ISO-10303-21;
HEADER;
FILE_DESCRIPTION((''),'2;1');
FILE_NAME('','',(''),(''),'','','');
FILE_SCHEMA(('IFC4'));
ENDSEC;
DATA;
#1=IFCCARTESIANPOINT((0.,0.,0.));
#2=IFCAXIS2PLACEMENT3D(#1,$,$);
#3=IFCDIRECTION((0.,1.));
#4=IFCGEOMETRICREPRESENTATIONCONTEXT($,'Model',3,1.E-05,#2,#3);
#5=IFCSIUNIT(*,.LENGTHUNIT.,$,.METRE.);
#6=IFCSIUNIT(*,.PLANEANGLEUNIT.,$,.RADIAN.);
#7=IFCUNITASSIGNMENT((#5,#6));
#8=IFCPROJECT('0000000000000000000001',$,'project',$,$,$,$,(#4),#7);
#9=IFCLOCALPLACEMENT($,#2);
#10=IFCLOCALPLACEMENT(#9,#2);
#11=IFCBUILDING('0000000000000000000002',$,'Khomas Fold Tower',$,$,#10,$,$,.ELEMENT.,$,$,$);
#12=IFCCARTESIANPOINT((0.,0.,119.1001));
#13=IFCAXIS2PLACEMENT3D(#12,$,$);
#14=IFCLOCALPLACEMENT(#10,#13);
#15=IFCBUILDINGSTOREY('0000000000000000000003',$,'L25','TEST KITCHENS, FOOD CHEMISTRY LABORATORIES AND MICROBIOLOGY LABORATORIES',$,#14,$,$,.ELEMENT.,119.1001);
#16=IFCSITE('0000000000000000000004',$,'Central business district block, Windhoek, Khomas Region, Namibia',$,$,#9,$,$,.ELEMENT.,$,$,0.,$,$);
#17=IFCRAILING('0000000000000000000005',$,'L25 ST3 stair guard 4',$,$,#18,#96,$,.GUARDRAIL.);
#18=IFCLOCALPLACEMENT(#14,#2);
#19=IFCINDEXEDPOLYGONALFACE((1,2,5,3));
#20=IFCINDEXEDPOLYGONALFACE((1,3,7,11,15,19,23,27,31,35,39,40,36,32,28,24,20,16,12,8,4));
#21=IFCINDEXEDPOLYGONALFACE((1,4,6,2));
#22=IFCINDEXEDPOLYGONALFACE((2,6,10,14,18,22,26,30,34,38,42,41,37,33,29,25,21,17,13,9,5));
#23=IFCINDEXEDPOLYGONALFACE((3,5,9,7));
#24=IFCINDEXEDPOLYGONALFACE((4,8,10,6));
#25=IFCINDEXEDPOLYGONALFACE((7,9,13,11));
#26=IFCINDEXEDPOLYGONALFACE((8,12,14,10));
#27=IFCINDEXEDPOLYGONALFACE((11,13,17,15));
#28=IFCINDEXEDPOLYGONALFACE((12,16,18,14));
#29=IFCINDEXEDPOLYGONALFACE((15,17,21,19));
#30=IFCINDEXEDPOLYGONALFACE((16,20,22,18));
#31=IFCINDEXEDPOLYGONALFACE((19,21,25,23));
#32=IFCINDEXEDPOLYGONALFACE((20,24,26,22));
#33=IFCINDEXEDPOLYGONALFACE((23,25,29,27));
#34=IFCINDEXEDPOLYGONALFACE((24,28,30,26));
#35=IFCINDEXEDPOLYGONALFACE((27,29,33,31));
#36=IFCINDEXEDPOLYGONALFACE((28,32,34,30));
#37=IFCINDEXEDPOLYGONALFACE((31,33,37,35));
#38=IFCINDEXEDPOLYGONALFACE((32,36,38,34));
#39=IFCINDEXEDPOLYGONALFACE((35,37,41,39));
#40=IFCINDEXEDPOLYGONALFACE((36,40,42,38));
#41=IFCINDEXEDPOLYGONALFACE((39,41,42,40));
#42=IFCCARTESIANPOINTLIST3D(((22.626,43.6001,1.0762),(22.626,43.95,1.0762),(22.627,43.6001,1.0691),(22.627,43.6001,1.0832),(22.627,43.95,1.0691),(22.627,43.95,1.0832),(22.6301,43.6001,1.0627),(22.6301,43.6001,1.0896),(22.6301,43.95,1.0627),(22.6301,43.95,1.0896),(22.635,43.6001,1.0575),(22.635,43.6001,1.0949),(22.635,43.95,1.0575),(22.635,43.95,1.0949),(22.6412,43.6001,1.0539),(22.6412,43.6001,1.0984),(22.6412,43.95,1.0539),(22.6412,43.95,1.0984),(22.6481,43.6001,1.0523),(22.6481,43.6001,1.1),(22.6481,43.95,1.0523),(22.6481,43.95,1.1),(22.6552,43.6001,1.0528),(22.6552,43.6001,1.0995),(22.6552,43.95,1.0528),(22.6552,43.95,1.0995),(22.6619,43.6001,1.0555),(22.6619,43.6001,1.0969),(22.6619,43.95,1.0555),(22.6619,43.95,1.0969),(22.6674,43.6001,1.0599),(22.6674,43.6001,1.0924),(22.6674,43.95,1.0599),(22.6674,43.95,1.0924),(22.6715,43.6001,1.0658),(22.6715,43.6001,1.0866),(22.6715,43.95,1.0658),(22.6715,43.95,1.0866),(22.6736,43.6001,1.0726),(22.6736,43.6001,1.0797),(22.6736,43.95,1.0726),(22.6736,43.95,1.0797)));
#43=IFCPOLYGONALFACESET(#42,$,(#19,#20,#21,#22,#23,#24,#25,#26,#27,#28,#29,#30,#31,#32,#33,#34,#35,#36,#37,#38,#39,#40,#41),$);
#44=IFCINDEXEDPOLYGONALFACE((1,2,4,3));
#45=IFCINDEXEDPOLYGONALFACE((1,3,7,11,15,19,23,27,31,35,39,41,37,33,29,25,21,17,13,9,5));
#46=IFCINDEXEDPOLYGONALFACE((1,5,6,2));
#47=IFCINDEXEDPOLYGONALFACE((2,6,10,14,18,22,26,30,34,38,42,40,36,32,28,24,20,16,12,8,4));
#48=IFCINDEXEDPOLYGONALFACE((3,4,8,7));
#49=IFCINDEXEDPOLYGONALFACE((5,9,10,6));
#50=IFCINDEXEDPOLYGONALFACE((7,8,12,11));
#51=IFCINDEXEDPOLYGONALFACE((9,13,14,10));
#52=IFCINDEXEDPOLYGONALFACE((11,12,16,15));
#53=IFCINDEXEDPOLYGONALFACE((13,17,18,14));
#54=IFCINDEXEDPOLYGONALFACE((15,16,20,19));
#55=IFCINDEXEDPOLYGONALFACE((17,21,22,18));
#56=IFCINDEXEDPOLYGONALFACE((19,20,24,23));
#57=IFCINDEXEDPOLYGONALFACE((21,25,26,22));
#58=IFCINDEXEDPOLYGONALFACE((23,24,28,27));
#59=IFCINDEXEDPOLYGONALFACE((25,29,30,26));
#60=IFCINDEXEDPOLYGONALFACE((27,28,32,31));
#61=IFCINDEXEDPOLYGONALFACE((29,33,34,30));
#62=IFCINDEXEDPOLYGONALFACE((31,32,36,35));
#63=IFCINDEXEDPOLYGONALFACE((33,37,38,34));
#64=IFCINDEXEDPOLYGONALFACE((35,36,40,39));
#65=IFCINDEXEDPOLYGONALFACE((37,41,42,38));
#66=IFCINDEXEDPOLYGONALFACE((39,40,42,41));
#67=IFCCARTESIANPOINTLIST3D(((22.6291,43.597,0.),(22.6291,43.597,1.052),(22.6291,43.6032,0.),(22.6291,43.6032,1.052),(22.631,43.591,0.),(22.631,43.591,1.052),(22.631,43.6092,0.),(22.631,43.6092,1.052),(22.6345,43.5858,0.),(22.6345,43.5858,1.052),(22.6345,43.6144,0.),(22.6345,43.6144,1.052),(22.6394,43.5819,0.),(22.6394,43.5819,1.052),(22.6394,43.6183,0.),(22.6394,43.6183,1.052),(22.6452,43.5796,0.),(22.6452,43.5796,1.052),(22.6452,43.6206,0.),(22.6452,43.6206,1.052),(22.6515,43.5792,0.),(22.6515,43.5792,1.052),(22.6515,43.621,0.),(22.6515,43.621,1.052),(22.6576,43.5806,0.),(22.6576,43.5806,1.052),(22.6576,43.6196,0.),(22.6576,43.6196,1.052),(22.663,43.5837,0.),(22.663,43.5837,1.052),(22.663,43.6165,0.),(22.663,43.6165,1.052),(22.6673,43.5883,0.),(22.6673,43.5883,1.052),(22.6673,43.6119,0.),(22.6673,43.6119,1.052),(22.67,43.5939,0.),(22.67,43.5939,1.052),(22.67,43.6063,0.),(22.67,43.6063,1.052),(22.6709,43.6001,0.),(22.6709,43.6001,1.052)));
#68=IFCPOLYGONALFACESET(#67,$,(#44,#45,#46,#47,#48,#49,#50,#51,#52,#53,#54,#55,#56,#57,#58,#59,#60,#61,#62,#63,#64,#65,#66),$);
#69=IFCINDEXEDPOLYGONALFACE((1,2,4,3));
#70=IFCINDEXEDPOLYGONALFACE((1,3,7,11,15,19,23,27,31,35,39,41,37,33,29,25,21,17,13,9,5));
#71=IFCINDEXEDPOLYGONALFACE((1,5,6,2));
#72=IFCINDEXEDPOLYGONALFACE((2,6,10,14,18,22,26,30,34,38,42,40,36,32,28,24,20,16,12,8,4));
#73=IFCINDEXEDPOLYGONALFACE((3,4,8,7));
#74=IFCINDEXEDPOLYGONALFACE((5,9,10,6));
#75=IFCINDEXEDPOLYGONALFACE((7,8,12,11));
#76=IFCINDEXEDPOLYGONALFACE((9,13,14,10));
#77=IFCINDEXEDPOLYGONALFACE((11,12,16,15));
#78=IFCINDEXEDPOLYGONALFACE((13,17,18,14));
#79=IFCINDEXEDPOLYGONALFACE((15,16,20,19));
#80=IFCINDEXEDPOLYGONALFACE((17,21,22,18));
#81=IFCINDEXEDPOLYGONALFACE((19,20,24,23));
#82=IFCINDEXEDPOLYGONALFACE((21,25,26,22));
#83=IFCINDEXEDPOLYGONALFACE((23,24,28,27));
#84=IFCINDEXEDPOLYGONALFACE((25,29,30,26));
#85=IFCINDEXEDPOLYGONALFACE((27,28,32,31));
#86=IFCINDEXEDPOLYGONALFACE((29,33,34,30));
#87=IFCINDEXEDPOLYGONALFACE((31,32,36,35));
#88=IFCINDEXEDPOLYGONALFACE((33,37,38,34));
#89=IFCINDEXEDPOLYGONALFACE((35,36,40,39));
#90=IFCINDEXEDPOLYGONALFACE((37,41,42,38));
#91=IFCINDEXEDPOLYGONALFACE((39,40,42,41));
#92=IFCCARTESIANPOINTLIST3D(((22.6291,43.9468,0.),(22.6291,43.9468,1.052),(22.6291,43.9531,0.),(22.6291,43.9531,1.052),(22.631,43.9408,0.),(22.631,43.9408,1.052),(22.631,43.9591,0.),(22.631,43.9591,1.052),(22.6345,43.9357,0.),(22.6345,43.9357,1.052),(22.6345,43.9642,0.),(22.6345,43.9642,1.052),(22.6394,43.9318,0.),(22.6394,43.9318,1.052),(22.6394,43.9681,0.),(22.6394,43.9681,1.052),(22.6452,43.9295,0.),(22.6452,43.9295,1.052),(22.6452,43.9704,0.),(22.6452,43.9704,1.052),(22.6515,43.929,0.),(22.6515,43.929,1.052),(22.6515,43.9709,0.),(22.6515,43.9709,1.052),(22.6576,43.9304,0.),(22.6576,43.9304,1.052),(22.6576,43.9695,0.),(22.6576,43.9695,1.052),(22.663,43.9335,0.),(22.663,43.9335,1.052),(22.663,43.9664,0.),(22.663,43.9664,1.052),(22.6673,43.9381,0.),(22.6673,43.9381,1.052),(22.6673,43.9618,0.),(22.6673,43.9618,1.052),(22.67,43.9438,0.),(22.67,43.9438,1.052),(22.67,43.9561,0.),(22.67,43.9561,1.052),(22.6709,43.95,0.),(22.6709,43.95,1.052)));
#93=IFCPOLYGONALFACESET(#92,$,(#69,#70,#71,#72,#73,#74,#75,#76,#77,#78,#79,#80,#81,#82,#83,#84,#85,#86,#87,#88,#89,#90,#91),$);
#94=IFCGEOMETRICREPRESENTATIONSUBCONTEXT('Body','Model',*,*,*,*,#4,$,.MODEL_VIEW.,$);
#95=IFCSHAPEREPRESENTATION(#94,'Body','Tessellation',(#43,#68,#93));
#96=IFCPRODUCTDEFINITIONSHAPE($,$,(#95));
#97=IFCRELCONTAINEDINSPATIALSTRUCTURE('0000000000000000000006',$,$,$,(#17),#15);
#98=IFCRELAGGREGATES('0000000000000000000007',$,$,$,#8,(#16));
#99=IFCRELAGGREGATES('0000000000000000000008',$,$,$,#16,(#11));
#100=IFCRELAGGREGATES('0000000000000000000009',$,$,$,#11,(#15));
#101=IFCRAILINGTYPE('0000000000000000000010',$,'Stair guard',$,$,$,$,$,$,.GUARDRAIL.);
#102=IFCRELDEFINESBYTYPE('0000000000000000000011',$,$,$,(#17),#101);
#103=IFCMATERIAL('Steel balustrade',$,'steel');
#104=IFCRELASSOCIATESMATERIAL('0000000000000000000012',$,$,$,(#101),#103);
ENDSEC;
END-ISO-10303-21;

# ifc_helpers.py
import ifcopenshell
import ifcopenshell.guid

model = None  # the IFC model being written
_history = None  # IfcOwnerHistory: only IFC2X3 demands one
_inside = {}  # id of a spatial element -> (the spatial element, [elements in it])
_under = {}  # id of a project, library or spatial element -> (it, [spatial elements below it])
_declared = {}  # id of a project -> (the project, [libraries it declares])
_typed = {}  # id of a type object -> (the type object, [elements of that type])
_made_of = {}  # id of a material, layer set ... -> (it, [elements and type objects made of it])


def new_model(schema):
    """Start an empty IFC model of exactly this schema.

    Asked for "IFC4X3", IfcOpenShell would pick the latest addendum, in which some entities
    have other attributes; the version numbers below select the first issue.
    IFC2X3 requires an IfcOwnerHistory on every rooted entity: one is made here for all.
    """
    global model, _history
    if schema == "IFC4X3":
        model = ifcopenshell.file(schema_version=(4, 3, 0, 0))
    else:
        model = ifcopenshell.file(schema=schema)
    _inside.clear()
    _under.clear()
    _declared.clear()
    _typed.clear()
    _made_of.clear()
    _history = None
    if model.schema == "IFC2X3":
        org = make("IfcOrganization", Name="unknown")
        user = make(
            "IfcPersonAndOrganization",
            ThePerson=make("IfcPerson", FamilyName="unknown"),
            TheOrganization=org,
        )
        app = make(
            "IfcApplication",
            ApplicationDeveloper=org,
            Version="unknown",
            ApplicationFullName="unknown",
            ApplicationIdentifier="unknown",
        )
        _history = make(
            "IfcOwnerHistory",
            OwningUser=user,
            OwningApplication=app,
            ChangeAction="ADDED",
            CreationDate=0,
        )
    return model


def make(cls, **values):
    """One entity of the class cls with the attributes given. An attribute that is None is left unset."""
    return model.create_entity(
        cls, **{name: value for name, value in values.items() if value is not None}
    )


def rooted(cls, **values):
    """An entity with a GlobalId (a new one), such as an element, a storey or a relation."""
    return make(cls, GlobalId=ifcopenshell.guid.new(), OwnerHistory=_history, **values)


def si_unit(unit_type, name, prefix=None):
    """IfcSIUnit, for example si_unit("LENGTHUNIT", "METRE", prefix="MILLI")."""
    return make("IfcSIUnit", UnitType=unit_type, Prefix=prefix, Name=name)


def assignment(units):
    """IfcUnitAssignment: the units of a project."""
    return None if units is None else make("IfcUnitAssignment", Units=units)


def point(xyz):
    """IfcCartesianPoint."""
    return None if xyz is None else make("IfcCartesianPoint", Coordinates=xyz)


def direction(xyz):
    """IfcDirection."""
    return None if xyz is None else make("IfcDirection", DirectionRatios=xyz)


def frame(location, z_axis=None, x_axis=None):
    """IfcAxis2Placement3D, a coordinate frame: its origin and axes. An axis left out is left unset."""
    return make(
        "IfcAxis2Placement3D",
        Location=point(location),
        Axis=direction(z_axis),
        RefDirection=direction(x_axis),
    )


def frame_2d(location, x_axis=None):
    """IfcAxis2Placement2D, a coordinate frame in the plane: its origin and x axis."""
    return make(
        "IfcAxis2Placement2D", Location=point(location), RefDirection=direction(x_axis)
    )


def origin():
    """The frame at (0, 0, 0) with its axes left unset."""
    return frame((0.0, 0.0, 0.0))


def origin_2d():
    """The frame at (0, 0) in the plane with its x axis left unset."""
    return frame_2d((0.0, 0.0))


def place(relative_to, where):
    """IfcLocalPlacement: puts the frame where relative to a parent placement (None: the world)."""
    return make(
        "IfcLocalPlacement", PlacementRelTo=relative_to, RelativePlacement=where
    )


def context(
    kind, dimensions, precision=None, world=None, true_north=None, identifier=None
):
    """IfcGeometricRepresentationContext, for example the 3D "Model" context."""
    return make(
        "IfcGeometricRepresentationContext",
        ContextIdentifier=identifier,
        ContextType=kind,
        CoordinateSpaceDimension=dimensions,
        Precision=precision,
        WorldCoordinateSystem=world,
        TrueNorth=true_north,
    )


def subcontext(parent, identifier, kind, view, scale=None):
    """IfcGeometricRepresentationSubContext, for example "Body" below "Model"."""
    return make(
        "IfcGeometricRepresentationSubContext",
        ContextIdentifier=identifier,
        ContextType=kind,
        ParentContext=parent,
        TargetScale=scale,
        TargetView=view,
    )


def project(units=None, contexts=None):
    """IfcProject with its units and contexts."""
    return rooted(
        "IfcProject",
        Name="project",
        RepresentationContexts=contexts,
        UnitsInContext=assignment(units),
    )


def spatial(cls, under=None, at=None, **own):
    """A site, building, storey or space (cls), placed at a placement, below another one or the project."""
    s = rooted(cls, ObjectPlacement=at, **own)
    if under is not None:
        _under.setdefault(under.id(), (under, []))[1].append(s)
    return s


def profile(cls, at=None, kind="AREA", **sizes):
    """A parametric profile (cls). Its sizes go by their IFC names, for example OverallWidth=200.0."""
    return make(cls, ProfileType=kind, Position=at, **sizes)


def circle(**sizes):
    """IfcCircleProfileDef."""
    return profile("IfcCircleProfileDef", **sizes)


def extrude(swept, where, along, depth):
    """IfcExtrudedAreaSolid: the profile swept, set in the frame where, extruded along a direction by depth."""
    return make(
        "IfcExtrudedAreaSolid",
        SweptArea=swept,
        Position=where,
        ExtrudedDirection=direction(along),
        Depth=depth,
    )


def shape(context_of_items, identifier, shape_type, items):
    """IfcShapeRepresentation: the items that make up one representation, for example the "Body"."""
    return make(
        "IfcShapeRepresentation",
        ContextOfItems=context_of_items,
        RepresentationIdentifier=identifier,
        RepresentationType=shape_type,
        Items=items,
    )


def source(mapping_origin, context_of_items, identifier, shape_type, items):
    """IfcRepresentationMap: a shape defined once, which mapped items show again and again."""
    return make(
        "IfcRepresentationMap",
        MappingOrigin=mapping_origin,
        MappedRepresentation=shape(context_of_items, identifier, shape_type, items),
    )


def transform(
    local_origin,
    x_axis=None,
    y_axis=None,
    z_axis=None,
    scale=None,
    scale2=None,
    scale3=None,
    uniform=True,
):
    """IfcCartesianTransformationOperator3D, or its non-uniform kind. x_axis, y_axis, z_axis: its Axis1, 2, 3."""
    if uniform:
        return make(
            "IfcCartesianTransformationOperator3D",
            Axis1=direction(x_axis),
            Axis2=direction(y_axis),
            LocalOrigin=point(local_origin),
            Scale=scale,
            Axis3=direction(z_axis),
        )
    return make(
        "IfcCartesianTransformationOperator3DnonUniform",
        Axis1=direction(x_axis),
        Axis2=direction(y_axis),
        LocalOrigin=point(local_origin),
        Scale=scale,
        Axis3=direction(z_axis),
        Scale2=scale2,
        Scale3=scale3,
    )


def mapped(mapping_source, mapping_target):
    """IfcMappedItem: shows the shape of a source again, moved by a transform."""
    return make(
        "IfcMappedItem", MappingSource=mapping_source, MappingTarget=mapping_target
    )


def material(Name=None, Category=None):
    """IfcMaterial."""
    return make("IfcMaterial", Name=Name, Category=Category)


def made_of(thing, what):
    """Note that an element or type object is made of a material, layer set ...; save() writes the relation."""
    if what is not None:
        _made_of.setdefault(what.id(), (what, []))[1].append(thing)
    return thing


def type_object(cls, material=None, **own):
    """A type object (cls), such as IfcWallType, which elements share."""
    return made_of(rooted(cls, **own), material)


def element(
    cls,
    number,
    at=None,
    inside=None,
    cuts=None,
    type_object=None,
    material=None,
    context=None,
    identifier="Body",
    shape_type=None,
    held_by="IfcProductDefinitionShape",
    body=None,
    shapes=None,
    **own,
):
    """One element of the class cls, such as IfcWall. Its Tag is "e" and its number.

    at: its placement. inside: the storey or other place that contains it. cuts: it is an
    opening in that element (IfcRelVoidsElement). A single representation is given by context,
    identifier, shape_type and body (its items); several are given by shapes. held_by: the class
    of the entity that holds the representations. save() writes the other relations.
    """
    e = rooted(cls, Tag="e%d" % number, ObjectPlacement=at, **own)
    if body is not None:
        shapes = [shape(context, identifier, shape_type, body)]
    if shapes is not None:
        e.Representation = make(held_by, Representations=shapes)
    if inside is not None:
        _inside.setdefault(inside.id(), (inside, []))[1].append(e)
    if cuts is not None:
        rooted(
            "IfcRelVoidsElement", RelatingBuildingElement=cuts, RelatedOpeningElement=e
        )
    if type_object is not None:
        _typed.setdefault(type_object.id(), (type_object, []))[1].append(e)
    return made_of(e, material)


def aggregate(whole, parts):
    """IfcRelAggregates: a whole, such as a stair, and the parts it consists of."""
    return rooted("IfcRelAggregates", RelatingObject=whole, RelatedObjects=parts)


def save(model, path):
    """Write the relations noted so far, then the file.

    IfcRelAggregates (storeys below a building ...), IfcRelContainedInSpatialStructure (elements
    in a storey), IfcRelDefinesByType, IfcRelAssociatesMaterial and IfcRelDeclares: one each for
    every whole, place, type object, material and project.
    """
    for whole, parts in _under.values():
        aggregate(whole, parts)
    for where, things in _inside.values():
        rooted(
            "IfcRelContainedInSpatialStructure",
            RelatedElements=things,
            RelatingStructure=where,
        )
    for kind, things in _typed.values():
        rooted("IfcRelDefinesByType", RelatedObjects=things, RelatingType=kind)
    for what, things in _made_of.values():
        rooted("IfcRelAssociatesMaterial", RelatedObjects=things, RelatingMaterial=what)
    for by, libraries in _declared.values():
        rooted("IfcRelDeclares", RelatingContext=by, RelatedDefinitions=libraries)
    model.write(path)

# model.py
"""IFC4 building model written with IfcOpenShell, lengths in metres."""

from ifc_helpers import new_model, si_unit, direction, frame, origin, origin_2d, place, context, subcontext, project, spatial, circle, extrude, source, transform, mapped, material, type_object, element, save


model = new_model("IFC4")

# Units and contexts
model_context = context("Model", 3, precision=1e-05, world=origin(), true_north=direction((0.0, 1.0)))
body_context = subcontext(model_context, "Body", "Model", "MODEL_VIEW")
ifc_project = project(units=[si_unit("LENGTHUNIT", "METRE"), si_unit("PLANEANGLEUNIT", "RADIAN")], contexts=[model_context])

# Site, building, storey
site_placement = place(None, origin())
site = spatial("IfcSite", under=ifc_project, at=site_placement, Name="Central business district block, Windhoek, Khomas Region, Namibia", CompositionType="ELEMENT", RefElevation=0.0)
building_placement = place(site_placement, origin())
building = spatial("IfcBuilding", under=site, at=building_placement, Name="Khomas Fold Tower", CompositionType="ELEMENT")
storey_placement = place(building_placement, frame((0.0, 0.0, 119.1001)))
storey = spatial("IfcBuildingStorey", under=building, at=storey_placement, Name="L25", Description="TEST KITCHENS, FOOD CHEMISTRY LABORATORIES AND MICROBIOLOGY LABORATORIES", CompositionType="ELEMENT", Elevation=119.1001)

# Railing
ifc_material_1 = material(Name="Steel balustrade", Category="steel")
railing_type_1 = type_object("IfcRailingType", Name="Stair guard", PredefinedType="GUARDRAIL", material=ifc_material_1)
shared_shape_1 = source(origin(), body_context, "Body", "SweptSolid", [
    extrude(circle(Radius=0.0239, at=origin_2d()), frame((0.0, 0.0, 1.0762), z_axis=(0.0, 1.0, 0.0), x_axis=(-1.0, 0.0, 0.0)), (0.0, 0.0, 1.0), 0.3499),
    extrude(circle(Radius=0.021, at=origin_2d()), origin(), (0.0, 0.0, 1.0), 1.052),
    extrude(circle(Radius=0.021, at=origin_2d()), frame((0.0, 0.3499, 0.0)), (0.0, 0.0, 1.0), 1.052),
])
for number, where, name in (
    (1, (22.6499, 43.6001, 0.0), "L25 ST3 stair guard 4"),
):
    element("IfcRailing", number, at=place(storey_placement, frame(where)), inside=storey, type_object=railing_type_1, Name=name, PredefinedType="GUARDRAIL", context=body_context, shape_type="MappedRepresentation", body=[
        mapped(shared_shape_1, transform((0.0, 0.0, 0.0))),
    ])

save(model, "model.ifc")
